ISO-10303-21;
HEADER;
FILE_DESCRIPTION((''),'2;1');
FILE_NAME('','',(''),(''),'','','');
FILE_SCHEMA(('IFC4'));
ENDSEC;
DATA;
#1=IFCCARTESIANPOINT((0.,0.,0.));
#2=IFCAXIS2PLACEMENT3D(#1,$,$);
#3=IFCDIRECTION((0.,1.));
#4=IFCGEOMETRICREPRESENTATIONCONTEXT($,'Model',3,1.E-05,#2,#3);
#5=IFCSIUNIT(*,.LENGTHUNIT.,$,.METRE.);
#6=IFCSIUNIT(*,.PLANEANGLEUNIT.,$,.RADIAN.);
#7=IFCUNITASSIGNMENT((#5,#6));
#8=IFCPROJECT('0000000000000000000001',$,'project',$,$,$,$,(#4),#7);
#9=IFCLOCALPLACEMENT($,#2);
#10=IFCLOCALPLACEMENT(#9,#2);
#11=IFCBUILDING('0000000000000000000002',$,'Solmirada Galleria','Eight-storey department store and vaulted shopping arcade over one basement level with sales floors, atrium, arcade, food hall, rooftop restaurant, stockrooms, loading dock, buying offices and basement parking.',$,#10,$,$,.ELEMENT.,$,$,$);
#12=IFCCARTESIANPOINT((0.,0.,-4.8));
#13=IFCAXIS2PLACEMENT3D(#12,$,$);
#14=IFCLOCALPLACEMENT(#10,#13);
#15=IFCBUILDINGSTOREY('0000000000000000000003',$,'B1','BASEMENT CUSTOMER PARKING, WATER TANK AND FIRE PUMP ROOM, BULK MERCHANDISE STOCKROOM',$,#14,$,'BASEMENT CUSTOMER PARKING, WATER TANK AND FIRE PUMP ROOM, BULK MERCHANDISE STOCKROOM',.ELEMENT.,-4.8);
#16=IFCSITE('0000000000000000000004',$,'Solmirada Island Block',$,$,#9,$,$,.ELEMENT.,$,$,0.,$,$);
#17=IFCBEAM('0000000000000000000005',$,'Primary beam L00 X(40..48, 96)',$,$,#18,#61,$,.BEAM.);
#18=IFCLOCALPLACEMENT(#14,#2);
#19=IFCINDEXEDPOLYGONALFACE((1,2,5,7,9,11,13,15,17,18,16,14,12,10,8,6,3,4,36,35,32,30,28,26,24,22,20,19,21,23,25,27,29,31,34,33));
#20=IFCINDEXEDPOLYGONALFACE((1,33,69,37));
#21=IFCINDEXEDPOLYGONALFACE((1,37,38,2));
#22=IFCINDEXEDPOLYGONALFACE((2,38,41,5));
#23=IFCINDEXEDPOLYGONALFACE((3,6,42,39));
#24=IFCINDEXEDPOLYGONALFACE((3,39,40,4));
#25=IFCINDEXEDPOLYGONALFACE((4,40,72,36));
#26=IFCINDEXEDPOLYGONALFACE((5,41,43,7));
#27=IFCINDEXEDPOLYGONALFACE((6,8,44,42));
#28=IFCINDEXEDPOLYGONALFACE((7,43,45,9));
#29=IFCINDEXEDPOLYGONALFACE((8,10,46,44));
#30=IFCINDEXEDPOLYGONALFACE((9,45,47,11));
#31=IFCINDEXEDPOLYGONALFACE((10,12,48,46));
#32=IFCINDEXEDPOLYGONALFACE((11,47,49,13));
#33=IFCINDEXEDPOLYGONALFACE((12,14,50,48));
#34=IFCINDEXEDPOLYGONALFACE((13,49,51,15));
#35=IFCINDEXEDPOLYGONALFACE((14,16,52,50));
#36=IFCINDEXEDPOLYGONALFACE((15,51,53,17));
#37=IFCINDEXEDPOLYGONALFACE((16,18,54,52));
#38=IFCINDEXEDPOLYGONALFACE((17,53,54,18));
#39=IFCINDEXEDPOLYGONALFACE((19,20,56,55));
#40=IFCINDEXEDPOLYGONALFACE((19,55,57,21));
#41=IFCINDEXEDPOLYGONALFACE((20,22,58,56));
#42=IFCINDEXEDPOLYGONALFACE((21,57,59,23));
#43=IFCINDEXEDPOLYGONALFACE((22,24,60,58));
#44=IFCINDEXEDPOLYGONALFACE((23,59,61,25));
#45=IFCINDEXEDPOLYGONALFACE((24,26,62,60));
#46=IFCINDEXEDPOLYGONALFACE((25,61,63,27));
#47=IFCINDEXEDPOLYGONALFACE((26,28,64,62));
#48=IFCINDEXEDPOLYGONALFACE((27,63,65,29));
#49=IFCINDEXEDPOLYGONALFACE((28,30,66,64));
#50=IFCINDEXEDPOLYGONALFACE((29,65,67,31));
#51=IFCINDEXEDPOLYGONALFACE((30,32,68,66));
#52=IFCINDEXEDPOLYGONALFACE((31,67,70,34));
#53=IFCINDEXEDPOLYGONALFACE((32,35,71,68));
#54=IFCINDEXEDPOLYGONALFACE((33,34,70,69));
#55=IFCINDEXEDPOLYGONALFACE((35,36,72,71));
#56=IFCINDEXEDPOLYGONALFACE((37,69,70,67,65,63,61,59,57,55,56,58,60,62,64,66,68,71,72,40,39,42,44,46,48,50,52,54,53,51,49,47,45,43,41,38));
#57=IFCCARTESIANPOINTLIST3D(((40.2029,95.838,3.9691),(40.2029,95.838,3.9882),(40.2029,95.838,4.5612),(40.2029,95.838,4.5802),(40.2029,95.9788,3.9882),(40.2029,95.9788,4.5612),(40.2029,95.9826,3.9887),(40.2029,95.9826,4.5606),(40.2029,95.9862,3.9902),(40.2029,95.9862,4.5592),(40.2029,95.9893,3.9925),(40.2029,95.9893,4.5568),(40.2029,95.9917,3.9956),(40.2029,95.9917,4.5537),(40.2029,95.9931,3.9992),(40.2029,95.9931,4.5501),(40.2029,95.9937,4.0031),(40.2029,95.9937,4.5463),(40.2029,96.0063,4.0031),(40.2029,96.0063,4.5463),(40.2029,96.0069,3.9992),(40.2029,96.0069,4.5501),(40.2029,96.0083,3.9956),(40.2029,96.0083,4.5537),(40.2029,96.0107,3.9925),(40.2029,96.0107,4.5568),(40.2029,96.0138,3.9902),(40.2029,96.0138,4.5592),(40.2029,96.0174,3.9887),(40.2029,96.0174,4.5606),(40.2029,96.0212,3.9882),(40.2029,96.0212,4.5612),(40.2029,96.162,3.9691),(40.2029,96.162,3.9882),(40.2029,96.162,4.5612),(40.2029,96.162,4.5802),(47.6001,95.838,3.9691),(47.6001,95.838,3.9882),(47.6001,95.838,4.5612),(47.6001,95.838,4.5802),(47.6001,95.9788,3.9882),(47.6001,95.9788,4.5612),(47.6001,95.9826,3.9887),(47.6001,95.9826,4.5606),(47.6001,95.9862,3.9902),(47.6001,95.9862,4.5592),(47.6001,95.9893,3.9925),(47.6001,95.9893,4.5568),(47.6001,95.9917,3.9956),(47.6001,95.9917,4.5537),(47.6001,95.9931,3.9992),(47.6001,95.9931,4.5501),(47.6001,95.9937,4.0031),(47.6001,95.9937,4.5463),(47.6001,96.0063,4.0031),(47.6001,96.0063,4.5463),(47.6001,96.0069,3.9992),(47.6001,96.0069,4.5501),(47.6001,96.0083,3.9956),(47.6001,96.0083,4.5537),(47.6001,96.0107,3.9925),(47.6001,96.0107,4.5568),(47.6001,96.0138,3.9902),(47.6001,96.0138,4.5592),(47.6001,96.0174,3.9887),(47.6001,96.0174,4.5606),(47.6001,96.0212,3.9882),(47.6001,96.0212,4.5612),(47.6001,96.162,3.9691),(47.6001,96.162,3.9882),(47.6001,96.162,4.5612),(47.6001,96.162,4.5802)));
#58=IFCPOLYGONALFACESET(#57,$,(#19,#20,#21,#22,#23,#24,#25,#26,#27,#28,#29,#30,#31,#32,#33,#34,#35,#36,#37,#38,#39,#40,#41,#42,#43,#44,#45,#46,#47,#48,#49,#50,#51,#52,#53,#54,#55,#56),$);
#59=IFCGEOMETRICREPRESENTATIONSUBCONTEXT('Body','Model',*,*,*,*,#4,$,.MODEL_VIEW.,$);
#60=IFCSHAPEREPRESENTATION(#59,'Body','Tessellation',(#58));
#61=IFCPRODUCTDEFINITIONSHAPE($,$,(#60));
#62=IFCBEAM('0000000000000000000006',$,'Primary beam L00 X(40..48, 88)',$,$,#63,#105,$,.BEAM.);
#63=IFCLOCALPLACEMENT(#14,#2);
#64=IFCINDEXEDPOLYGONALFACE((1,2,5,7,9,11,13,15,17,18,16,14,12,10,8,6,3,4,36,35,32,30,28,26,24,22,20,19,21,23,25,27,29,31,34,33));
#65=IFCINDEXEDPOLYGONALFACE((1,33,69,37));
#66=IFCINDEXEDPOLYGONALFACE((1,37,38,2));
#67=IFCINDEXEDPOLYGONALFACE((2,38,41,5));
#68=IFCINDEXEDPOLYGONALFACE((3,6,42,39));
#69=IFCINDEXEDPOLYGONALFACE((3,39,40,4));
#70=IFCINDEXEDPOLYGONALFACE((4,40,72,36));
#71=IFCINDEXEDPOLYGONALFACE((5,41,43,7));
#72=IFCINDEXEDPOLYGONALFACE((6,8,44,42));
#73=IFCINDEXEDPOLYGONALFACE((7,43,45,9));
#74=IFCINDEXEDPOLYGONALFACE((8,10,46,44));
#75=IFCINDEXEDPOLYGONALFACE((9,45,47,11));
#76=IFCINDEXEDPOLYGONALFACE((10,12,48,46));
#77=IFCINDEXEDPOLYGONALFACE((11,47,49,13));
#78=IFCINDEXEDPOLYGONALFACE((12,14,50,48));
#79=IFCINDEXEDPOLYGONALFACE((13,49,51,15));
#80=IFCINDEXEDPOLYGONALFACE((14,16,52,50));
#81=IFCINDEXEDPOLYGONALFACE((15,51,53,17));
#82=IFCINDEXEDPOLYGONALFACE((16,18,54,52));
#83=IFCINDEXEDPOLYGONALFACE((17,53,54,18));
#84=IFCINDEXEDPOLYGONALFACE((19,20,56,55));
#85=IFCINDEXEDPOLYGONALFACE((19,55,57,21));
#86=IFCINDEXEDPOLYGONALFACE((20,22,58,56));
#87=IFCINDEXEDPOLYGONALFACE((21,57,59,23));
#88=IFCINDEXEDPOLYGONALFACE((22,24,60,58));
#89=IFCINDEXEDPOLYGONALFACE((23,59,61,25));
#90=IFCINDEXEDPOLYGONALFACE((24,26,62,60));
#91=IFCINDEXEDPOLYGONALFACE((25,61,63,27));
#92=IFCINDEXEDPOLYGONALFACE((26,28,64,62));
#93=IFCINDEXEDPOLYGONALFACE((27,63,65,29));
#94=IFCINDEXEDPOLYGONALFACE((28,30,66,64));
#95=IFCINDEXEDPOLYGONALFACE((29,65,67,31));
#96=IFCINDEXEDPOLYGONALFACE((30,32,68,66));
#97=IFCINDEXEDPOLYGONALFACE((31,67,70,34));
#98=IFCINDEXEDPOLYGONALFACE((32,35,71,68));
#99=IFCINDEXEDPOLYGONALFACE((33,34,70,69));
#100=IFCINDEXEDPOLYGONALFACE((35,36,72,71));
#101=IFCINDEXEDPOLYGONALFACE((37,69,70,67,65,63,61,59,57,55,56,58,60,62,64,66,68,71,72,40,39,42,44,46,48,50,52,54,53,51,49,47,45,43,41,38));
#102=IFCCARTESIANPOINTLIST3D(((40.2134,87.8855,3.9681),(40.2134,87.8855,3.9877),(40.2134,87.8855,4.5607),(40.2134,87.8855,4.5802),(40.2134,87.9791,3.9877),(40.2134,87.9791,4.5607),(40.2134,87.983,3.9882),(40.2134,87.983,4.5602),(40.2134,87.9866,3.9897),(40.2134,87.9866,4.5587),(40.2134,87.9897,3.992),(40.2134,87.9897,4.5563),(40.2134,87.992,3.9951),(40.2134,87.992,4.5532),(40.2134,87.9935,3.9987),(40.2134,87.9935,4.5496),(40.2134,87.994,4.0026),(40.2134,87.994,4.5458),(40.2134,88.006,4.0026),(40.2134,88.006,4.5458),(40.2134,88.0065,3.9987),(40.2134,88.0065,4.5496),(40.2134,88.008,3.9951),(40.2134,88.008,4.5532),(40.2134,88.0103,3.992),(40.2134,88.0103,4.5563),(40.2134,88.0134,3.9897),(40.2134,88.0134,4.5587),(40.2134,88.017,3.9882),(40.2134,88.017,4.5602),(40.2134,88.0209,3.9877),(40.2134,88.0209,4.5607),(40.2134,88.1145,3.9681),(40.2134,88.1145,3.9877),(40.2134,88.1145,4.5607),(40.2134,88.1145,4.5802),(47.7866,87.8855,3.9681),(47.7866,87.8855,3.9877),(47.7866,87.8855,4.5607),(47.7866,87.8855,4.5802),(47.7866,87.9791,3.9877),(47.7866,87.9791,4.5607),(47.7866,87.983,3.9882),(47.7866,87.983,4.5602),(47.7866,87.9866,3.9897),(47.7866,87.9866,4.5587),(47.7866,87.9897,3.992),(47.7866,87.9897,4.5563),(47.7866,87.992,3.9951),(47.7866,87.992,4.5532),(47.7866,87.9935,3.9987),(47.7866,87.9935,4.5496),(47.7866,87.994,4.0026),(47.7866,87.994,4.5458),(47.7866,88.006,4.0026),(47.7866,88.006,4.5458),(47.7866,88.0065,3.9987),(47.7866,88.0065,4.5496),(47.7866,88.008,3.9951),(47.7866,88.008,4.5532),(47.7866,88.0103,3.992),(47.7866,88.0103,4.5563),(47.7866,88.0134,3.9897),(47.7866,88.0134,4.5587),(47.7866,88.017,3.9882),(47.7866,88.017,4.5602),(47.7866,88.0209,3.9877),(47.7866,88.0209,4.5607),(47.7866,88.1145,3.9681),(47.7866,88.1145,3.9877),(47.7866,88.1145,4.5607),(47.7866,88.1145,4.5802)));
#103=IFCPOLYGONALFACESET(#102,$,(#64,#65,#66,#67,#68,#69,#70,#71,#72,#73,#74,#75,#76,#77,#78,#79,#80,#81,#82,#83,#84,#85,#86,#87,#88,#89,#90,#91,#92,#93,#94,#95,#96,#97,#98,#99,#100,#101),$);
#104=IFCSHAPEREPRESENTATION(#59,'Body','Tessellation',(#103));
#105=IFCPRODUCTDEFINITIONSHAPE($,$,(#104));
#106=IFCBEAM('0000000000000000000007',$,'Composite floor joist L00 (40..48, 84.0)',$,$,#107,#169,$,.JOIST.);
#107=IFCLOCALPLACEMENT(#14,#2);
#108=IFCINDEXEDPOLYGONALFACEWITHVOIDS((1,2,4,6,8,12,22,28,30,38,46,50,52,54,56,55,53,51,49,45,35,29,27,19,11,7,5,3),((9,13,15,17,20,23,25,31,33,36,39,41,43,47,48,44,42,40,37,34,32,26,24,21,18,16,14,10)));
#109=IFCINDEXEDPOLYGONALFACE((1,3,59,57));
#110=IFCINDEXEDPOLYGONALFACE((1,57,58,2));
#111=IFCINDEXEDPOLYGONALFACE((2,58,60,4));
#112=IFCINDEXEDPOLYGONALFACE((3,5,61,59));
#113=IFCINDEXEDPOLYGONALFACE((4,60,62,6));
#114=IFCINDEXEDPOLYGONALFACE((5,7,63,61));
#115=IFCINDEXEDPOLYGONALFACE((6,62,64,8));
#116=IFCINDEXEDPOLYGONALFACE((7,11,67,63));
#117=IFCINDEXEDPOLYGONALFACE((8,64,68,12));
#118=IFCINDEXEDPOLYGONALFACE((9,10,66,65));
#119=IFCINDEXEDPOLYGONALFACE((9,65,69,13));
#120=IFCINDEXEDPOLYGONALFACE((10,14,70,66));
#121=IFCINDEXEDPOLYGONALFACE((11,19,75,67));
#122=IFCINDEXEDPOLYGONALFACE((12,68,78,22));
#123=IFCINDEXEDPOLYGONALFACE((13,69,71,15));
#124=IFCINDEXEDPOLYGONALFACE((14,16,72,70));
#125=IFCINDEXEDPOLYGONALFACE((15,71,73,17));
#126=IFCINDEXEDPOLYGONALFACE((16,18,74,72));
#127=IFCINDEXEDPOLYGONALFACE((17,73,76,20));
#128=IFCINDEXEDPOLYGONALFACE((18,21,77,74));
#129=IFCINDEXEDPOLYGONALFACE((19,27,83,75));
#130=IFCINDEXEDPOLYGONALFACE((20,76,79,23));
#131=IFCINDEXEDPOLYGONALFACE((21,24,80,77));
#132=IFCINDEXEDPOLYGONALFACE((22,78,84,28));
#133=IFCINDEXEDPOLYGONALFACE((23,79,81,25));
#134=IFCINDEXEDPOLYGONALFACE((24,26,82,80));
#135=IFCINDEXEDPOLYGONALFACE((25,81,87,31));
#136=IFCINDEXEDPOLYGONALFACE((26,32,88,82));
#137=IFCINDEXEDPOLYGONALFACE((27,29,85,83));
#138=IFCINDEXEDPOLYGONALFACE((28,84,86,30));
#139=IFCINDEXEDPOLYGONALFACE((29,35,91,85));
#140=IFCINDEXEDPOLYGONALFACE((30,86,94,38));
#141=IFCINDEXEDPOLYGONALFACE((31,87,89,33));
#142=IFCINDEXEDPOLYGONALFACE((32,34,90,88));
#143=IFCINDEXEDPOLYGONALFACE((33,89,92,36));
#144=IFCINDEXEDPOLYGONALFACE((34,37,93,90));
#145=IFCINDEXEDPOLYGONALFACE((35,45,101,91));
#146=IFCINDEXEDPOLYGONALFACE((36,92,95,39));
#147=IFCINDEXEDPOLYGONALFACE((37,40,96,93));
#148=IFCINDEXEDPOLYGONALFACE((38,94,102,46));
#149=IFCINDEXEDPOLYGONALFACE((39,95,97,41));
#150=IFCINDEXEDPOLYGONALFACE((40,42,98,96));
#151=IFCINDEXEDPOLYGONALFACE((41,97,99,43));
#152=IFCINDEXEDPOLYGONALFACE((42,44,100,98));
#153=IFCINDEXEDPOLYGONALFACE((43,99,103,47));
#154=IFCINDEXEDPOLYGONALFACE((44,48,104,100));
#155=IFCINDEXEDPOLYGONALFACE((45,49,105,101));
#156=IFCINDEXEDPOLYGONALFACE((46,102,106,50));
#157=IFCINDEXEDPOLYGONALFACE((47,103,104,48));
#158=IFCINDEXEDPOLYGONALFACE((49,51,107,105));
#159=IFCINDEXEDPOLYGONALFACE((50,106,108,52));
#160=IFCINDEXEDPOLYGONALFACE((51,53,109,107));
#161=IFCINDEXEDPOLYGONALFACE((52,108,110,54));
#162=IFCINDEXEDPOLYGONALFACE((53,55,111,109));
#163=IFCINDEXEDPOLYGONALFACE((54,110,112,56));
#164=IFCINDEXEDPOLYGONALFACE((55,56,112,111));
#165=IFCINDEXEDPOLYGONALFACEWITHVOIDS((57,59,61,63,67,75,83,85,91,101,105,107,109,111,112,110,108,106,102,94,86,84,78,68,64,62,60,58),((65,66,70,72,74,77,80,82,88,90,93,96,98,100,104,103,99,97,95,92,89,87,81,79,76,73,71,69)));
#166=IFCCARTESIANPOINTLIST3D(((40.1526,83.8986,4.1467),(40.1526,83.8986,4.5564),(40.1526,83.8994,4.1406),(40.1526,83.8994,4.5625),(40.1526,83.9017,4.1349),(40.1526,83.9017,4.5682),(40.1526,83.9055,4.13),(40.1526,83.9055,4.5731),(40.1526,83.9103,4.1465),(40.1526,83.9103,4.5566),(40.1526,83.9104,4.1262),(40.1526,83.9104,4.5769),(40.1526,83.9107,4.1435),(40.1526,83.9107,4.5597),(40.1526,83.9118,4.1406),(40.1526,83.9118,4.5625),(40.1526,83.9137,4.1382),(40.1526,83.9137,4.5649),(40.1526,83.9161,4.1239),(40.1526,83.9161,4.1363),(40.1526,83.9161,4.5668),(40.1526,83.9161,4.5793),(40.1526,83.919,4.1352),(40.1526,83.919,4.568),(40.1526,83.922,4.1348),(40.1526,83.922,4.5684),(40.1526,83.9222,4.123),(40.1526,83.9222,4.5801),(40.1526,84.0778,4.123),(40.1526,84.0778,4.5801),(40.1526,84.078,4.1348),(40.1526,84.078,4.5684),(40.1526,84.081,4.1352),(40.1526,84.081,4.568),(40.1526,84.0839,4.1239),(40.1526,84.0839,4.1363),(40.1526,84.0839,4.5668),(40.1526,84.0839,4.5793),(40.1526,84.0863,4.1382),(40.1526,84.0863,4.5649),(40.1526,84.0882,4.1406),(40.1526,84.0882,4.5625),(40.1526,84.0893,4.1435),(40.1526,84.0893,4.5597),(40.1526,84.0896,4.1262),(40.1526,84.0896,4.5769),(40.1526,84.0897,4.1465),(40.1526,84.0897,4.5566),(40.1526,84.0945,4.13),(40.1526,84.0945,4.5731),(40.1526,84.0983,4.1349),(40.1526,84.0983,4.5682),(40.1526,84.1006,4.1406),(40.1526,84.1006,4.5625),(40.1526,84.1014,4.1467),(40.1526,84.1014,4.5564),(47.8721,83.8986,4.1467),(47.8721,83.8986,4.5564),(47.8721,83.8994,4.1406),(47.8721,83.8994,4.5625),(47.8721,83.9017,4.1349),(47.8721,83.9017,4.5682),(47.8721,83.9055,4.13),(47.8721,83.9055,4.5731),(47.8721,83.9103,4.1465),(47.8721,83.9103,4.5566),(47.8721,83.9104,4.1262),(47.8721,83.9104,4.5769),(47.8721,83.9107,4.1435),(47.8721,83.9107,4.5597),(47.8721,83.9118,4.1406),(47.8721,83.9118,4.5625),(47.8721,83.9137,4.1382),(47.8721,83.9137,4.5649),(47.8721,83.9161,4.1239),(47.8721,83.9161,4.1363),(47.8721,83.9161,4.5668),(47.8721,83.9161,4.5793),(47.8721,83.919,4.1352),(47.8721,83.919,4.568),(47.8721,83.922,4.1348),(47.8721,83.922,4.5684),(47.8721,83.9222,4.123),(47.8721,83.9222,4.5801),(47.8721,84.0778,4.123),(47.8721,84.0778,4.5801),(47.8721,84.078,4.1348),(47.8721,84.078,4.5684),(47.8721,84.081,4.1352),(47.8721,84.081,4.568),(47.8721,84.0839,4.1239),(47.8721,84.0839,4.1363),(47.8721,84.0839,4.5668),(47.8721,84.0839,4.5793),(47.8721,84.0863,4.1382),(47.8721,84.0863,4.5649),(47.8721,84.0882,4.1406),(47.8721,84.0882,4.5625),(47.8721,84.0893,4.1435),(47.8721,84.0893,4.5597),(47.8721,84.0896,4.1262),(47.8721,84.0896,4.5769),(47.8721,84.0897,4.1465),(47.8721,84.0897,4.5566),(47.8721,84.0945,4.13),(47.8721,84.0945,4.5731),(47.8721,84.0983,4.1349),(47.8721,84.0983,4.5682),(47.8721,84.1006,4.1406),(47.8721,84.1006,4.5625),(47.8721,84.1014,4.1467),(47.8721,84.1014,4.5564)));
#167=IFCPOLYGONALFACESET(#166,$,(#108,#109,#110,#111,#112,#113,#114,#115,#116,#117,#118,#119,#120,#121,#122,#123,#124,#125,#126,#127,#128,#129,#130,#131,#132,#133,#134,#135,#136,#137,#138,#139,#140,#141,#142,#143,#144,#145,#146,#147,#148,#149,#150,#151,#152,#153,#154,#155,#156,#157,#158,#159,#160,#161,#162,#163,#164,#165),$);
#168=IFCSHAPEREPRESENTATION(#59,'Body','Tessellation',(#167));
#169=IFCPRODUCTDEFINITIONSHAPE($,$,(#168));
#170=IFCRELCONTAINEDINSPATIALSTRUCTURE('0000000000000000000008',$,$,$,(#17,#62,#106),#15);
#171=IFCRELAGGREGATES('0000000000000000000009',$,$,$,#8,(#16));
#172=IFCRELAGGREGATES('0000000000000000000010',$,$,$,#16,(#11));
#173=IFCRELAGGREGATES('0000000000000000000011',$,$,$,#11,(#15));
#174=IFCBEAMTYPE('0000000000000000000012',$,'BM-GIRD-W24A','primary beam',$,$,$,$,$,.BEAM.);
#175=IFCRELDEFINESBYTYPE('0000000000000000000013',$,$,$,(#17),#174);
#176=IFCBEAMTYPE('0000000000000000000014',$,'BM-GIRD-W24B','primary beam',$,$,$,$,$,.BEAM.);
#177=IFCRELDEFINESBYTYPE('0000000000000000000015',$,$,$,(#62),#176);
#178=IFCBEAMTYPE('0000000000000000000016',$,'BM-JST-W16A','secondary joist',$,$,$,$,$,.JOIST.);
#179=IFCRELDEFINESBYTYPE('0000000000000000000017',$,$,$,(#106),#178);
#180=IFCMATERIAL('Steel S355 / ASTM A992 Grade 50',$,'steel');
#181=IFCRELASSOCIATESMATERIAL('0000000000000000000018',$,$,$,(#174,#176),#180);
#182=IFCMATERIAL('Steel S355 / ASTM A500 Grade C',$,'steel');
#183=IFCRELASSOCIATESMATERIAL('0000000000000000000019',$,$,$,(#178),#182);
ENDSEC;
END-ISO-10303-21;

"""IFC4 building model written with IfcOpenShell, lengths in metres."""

from ifc_helpers import new_model, si_unit, direction, frame, origin, origin_2d, place, context, subcontext, project, spatial, hollow_rectangle, i_section, extrude, material, material_profile, profile_set, type_object, element, save


model = new_model("IFC4")

# Units and contexts
model_context = context("Model", 3, precision=1e-05, world=origin(), true_north=direction((0.0, 1.0)))
body_context = subcontext(model_context, "Body", "Model", "MODEL_VIEW")
ifc_project = project(units=[si_unit("LENGTHUNIT", "METRE"), si_unit("PLANEANGLEUNIT", "RADIAN")], contexts=[model_context])

# Site, building, storey
site_placement = place(None, origin())
site = spatial("IfcSite", under=ifc_project, at=site_placement, Name="Solmirada Island Block", CompositionType="ELEMENT", RefElevation=0.0)
building_placement = place(site_placement, origin())
building = spatial("IfcBuilding", under=site, at=building_placement, Name="Solmirada Galleria", Description="Eight-storey department store and vaulted shopping arcade over one basement level with sales floors, atrium, arcade, food hall, rooftop restaurant, stockrooms, loading dock, buying offices and basement parking.", CompositionType="ELEMENT")
storey_placement = place(building_placement, frame((0.0, 0.0, -4.8)))
storey = spatial("IfcBuildingStorey", under=building, at=storey_placement, Name="B1", Description="BASEMENT CUSTOMER PARKING, WATER TANK AND FIRE PUMP ROOM, BULK MERCHANDISE STOCKROOM", LongName="BASEMENT CUSTOMER PARKING, WATER TANK AND FIRE PUMP ROOM, BULK MERCHANDISE STOCKROOM", CompositionType="ELEMENT", Elevation=-4.8)

# Shared definitions
ifc_material_1 = material(Name="Steel S355 / ASTM A500 Grade C", Category="steel")

# Beams
ifc_material_2 = material(Name="Steel S355 / ASTM A992 Grade 50", Category="steel")
ifc_material_profile_1 = material_profile(ifc_material_2, i_section(OverallWidth=0.324, OverallDepth=0.6111, WebThickness=0.0127, FlangeThickness=0.019, FilletRadius=0.0149, at=origin_2d()), Name="W24X104")
ifc_profile_set_1 = profile_set([ifc_material_profile_1], Name="Steel S355 / ASTM A992 Grade 50")
beam_type_1 = type_object("IfcBeamType", Name="BM-GIRD-W24A", Description="primary beam", PredefinedType="BEAM", material=ifc_profile_set_1)
beam_1_placement = place(storey_placement, frame((40.2029, 96.0, 4.2747), z_axis=(1.0, 0.0, 0.0), x_axis=(0.0, 1.0, 0.0)))
element("IfcBeam", 1, at=beam_1_placement, inside=storey, type_object=beam_type_1, Name="Primary beam L00 X(40..48, 96)", PredefinedType="BEAM", context=body_context, shape_type="SweptSolid", body=[
    extrude(i_section(OverallWidth=0.324, OverallDepth=0.6111, WebThickness=0.0127, FlangeThickness=0.019, FilletRadius=0.0149, at=origin_2d()), origin(), (0.0, 0.0, 1.0), 7.3972),
])
ifc_material_profile_2 = material_profile(ifc_material_2, i_section(OverallWidth=0.229, OverallDepth=0.6121, WebThickness=0.012, FlangeThickness=0.0195, FilletRadius=0.0149, at=origin_2d()), Name="W24X84")
ifc_profile_set_2 = profile_set([ifc_material_profile_2], Name="Steel S355 / ASTM A992 Grade 50")
beam_type_2 = type_object("IfcBeamType", Name="BM-GIRD-W24B", Description="primary beam", PredefinedType="BEAM", material=ifc_profile_set_2)
beam_2_placement = place(storey_placement, frame((40.2134, 88.0, 4.2742), z_axis=(1.0, 0.0, 0.0), x_axis=(0.0, 1.0, 0.0)))
element("IfcBeam", 2, at=beam_2_placement, inside=storey, type_object=beam_type_2, Name="Primary beam L00 X(40..48, 88)", PredefinedType="BEAM", context=body_context, shape_type="SweptSolid", body=[
    extrude(i_section(OverallWidth=0.229, OverallDepth=0.6121, WebThickness=0.012, FlangeThickness=0.0195, FilletRadius=0.0149, at=origin_2d()), origin(), (0.0, 0.0, 1.0), 7.5732),
])
ifc_material_profile_3 = material_profile(ifc_material_1, hollow_rectangle(XDim=0.2029, YDim=0.457, WallThickness=0.0117, InnerFilletRadius=0.0117, OuterFilletRadius=0.0237, at=origin_2d()), Name="HSS18X8X1/2")
ifc_profile_set_3 = profile_set([ifc_material_profile_3], Name="Steel S355 / ASTM A500 Grade C")
beam_type_3 = type_object("IfcBeamType", Name="BM-JST-W16A", Description="secondary joist", PredefinedType="JOIST", material=ifc_profile_set_3)
for number, where, z_axis, x_axis, name in (
    (3, (40.1526, 84.0, 4.3516), (1.0, 0.0, 0.0), (0.0, 1.0, 0.0), "Composite floor joist L00 (40..48, 84.0)"),
):
    element("IfcBeam", number, at=place(storey_placement, frame(where, z_axis=z_axis, x_axis=x_axis)), inside=storey, type_object=beam_type_3, Name=name, PredefinedType="JOIST", context=body_context, shape_type="SweptSolid", body=[
        extrude(hollow_rectangle(XDim=0.2029, YDim=0.457, WallThickness=0.0117, InnerFilletRadius=0.0117, OuterFilletRadius=0.0237, at=origin_2d()), origin(), (0.0, 0.0, 1.0), 7.7195),
    ])

save(model, "model.ifc")
